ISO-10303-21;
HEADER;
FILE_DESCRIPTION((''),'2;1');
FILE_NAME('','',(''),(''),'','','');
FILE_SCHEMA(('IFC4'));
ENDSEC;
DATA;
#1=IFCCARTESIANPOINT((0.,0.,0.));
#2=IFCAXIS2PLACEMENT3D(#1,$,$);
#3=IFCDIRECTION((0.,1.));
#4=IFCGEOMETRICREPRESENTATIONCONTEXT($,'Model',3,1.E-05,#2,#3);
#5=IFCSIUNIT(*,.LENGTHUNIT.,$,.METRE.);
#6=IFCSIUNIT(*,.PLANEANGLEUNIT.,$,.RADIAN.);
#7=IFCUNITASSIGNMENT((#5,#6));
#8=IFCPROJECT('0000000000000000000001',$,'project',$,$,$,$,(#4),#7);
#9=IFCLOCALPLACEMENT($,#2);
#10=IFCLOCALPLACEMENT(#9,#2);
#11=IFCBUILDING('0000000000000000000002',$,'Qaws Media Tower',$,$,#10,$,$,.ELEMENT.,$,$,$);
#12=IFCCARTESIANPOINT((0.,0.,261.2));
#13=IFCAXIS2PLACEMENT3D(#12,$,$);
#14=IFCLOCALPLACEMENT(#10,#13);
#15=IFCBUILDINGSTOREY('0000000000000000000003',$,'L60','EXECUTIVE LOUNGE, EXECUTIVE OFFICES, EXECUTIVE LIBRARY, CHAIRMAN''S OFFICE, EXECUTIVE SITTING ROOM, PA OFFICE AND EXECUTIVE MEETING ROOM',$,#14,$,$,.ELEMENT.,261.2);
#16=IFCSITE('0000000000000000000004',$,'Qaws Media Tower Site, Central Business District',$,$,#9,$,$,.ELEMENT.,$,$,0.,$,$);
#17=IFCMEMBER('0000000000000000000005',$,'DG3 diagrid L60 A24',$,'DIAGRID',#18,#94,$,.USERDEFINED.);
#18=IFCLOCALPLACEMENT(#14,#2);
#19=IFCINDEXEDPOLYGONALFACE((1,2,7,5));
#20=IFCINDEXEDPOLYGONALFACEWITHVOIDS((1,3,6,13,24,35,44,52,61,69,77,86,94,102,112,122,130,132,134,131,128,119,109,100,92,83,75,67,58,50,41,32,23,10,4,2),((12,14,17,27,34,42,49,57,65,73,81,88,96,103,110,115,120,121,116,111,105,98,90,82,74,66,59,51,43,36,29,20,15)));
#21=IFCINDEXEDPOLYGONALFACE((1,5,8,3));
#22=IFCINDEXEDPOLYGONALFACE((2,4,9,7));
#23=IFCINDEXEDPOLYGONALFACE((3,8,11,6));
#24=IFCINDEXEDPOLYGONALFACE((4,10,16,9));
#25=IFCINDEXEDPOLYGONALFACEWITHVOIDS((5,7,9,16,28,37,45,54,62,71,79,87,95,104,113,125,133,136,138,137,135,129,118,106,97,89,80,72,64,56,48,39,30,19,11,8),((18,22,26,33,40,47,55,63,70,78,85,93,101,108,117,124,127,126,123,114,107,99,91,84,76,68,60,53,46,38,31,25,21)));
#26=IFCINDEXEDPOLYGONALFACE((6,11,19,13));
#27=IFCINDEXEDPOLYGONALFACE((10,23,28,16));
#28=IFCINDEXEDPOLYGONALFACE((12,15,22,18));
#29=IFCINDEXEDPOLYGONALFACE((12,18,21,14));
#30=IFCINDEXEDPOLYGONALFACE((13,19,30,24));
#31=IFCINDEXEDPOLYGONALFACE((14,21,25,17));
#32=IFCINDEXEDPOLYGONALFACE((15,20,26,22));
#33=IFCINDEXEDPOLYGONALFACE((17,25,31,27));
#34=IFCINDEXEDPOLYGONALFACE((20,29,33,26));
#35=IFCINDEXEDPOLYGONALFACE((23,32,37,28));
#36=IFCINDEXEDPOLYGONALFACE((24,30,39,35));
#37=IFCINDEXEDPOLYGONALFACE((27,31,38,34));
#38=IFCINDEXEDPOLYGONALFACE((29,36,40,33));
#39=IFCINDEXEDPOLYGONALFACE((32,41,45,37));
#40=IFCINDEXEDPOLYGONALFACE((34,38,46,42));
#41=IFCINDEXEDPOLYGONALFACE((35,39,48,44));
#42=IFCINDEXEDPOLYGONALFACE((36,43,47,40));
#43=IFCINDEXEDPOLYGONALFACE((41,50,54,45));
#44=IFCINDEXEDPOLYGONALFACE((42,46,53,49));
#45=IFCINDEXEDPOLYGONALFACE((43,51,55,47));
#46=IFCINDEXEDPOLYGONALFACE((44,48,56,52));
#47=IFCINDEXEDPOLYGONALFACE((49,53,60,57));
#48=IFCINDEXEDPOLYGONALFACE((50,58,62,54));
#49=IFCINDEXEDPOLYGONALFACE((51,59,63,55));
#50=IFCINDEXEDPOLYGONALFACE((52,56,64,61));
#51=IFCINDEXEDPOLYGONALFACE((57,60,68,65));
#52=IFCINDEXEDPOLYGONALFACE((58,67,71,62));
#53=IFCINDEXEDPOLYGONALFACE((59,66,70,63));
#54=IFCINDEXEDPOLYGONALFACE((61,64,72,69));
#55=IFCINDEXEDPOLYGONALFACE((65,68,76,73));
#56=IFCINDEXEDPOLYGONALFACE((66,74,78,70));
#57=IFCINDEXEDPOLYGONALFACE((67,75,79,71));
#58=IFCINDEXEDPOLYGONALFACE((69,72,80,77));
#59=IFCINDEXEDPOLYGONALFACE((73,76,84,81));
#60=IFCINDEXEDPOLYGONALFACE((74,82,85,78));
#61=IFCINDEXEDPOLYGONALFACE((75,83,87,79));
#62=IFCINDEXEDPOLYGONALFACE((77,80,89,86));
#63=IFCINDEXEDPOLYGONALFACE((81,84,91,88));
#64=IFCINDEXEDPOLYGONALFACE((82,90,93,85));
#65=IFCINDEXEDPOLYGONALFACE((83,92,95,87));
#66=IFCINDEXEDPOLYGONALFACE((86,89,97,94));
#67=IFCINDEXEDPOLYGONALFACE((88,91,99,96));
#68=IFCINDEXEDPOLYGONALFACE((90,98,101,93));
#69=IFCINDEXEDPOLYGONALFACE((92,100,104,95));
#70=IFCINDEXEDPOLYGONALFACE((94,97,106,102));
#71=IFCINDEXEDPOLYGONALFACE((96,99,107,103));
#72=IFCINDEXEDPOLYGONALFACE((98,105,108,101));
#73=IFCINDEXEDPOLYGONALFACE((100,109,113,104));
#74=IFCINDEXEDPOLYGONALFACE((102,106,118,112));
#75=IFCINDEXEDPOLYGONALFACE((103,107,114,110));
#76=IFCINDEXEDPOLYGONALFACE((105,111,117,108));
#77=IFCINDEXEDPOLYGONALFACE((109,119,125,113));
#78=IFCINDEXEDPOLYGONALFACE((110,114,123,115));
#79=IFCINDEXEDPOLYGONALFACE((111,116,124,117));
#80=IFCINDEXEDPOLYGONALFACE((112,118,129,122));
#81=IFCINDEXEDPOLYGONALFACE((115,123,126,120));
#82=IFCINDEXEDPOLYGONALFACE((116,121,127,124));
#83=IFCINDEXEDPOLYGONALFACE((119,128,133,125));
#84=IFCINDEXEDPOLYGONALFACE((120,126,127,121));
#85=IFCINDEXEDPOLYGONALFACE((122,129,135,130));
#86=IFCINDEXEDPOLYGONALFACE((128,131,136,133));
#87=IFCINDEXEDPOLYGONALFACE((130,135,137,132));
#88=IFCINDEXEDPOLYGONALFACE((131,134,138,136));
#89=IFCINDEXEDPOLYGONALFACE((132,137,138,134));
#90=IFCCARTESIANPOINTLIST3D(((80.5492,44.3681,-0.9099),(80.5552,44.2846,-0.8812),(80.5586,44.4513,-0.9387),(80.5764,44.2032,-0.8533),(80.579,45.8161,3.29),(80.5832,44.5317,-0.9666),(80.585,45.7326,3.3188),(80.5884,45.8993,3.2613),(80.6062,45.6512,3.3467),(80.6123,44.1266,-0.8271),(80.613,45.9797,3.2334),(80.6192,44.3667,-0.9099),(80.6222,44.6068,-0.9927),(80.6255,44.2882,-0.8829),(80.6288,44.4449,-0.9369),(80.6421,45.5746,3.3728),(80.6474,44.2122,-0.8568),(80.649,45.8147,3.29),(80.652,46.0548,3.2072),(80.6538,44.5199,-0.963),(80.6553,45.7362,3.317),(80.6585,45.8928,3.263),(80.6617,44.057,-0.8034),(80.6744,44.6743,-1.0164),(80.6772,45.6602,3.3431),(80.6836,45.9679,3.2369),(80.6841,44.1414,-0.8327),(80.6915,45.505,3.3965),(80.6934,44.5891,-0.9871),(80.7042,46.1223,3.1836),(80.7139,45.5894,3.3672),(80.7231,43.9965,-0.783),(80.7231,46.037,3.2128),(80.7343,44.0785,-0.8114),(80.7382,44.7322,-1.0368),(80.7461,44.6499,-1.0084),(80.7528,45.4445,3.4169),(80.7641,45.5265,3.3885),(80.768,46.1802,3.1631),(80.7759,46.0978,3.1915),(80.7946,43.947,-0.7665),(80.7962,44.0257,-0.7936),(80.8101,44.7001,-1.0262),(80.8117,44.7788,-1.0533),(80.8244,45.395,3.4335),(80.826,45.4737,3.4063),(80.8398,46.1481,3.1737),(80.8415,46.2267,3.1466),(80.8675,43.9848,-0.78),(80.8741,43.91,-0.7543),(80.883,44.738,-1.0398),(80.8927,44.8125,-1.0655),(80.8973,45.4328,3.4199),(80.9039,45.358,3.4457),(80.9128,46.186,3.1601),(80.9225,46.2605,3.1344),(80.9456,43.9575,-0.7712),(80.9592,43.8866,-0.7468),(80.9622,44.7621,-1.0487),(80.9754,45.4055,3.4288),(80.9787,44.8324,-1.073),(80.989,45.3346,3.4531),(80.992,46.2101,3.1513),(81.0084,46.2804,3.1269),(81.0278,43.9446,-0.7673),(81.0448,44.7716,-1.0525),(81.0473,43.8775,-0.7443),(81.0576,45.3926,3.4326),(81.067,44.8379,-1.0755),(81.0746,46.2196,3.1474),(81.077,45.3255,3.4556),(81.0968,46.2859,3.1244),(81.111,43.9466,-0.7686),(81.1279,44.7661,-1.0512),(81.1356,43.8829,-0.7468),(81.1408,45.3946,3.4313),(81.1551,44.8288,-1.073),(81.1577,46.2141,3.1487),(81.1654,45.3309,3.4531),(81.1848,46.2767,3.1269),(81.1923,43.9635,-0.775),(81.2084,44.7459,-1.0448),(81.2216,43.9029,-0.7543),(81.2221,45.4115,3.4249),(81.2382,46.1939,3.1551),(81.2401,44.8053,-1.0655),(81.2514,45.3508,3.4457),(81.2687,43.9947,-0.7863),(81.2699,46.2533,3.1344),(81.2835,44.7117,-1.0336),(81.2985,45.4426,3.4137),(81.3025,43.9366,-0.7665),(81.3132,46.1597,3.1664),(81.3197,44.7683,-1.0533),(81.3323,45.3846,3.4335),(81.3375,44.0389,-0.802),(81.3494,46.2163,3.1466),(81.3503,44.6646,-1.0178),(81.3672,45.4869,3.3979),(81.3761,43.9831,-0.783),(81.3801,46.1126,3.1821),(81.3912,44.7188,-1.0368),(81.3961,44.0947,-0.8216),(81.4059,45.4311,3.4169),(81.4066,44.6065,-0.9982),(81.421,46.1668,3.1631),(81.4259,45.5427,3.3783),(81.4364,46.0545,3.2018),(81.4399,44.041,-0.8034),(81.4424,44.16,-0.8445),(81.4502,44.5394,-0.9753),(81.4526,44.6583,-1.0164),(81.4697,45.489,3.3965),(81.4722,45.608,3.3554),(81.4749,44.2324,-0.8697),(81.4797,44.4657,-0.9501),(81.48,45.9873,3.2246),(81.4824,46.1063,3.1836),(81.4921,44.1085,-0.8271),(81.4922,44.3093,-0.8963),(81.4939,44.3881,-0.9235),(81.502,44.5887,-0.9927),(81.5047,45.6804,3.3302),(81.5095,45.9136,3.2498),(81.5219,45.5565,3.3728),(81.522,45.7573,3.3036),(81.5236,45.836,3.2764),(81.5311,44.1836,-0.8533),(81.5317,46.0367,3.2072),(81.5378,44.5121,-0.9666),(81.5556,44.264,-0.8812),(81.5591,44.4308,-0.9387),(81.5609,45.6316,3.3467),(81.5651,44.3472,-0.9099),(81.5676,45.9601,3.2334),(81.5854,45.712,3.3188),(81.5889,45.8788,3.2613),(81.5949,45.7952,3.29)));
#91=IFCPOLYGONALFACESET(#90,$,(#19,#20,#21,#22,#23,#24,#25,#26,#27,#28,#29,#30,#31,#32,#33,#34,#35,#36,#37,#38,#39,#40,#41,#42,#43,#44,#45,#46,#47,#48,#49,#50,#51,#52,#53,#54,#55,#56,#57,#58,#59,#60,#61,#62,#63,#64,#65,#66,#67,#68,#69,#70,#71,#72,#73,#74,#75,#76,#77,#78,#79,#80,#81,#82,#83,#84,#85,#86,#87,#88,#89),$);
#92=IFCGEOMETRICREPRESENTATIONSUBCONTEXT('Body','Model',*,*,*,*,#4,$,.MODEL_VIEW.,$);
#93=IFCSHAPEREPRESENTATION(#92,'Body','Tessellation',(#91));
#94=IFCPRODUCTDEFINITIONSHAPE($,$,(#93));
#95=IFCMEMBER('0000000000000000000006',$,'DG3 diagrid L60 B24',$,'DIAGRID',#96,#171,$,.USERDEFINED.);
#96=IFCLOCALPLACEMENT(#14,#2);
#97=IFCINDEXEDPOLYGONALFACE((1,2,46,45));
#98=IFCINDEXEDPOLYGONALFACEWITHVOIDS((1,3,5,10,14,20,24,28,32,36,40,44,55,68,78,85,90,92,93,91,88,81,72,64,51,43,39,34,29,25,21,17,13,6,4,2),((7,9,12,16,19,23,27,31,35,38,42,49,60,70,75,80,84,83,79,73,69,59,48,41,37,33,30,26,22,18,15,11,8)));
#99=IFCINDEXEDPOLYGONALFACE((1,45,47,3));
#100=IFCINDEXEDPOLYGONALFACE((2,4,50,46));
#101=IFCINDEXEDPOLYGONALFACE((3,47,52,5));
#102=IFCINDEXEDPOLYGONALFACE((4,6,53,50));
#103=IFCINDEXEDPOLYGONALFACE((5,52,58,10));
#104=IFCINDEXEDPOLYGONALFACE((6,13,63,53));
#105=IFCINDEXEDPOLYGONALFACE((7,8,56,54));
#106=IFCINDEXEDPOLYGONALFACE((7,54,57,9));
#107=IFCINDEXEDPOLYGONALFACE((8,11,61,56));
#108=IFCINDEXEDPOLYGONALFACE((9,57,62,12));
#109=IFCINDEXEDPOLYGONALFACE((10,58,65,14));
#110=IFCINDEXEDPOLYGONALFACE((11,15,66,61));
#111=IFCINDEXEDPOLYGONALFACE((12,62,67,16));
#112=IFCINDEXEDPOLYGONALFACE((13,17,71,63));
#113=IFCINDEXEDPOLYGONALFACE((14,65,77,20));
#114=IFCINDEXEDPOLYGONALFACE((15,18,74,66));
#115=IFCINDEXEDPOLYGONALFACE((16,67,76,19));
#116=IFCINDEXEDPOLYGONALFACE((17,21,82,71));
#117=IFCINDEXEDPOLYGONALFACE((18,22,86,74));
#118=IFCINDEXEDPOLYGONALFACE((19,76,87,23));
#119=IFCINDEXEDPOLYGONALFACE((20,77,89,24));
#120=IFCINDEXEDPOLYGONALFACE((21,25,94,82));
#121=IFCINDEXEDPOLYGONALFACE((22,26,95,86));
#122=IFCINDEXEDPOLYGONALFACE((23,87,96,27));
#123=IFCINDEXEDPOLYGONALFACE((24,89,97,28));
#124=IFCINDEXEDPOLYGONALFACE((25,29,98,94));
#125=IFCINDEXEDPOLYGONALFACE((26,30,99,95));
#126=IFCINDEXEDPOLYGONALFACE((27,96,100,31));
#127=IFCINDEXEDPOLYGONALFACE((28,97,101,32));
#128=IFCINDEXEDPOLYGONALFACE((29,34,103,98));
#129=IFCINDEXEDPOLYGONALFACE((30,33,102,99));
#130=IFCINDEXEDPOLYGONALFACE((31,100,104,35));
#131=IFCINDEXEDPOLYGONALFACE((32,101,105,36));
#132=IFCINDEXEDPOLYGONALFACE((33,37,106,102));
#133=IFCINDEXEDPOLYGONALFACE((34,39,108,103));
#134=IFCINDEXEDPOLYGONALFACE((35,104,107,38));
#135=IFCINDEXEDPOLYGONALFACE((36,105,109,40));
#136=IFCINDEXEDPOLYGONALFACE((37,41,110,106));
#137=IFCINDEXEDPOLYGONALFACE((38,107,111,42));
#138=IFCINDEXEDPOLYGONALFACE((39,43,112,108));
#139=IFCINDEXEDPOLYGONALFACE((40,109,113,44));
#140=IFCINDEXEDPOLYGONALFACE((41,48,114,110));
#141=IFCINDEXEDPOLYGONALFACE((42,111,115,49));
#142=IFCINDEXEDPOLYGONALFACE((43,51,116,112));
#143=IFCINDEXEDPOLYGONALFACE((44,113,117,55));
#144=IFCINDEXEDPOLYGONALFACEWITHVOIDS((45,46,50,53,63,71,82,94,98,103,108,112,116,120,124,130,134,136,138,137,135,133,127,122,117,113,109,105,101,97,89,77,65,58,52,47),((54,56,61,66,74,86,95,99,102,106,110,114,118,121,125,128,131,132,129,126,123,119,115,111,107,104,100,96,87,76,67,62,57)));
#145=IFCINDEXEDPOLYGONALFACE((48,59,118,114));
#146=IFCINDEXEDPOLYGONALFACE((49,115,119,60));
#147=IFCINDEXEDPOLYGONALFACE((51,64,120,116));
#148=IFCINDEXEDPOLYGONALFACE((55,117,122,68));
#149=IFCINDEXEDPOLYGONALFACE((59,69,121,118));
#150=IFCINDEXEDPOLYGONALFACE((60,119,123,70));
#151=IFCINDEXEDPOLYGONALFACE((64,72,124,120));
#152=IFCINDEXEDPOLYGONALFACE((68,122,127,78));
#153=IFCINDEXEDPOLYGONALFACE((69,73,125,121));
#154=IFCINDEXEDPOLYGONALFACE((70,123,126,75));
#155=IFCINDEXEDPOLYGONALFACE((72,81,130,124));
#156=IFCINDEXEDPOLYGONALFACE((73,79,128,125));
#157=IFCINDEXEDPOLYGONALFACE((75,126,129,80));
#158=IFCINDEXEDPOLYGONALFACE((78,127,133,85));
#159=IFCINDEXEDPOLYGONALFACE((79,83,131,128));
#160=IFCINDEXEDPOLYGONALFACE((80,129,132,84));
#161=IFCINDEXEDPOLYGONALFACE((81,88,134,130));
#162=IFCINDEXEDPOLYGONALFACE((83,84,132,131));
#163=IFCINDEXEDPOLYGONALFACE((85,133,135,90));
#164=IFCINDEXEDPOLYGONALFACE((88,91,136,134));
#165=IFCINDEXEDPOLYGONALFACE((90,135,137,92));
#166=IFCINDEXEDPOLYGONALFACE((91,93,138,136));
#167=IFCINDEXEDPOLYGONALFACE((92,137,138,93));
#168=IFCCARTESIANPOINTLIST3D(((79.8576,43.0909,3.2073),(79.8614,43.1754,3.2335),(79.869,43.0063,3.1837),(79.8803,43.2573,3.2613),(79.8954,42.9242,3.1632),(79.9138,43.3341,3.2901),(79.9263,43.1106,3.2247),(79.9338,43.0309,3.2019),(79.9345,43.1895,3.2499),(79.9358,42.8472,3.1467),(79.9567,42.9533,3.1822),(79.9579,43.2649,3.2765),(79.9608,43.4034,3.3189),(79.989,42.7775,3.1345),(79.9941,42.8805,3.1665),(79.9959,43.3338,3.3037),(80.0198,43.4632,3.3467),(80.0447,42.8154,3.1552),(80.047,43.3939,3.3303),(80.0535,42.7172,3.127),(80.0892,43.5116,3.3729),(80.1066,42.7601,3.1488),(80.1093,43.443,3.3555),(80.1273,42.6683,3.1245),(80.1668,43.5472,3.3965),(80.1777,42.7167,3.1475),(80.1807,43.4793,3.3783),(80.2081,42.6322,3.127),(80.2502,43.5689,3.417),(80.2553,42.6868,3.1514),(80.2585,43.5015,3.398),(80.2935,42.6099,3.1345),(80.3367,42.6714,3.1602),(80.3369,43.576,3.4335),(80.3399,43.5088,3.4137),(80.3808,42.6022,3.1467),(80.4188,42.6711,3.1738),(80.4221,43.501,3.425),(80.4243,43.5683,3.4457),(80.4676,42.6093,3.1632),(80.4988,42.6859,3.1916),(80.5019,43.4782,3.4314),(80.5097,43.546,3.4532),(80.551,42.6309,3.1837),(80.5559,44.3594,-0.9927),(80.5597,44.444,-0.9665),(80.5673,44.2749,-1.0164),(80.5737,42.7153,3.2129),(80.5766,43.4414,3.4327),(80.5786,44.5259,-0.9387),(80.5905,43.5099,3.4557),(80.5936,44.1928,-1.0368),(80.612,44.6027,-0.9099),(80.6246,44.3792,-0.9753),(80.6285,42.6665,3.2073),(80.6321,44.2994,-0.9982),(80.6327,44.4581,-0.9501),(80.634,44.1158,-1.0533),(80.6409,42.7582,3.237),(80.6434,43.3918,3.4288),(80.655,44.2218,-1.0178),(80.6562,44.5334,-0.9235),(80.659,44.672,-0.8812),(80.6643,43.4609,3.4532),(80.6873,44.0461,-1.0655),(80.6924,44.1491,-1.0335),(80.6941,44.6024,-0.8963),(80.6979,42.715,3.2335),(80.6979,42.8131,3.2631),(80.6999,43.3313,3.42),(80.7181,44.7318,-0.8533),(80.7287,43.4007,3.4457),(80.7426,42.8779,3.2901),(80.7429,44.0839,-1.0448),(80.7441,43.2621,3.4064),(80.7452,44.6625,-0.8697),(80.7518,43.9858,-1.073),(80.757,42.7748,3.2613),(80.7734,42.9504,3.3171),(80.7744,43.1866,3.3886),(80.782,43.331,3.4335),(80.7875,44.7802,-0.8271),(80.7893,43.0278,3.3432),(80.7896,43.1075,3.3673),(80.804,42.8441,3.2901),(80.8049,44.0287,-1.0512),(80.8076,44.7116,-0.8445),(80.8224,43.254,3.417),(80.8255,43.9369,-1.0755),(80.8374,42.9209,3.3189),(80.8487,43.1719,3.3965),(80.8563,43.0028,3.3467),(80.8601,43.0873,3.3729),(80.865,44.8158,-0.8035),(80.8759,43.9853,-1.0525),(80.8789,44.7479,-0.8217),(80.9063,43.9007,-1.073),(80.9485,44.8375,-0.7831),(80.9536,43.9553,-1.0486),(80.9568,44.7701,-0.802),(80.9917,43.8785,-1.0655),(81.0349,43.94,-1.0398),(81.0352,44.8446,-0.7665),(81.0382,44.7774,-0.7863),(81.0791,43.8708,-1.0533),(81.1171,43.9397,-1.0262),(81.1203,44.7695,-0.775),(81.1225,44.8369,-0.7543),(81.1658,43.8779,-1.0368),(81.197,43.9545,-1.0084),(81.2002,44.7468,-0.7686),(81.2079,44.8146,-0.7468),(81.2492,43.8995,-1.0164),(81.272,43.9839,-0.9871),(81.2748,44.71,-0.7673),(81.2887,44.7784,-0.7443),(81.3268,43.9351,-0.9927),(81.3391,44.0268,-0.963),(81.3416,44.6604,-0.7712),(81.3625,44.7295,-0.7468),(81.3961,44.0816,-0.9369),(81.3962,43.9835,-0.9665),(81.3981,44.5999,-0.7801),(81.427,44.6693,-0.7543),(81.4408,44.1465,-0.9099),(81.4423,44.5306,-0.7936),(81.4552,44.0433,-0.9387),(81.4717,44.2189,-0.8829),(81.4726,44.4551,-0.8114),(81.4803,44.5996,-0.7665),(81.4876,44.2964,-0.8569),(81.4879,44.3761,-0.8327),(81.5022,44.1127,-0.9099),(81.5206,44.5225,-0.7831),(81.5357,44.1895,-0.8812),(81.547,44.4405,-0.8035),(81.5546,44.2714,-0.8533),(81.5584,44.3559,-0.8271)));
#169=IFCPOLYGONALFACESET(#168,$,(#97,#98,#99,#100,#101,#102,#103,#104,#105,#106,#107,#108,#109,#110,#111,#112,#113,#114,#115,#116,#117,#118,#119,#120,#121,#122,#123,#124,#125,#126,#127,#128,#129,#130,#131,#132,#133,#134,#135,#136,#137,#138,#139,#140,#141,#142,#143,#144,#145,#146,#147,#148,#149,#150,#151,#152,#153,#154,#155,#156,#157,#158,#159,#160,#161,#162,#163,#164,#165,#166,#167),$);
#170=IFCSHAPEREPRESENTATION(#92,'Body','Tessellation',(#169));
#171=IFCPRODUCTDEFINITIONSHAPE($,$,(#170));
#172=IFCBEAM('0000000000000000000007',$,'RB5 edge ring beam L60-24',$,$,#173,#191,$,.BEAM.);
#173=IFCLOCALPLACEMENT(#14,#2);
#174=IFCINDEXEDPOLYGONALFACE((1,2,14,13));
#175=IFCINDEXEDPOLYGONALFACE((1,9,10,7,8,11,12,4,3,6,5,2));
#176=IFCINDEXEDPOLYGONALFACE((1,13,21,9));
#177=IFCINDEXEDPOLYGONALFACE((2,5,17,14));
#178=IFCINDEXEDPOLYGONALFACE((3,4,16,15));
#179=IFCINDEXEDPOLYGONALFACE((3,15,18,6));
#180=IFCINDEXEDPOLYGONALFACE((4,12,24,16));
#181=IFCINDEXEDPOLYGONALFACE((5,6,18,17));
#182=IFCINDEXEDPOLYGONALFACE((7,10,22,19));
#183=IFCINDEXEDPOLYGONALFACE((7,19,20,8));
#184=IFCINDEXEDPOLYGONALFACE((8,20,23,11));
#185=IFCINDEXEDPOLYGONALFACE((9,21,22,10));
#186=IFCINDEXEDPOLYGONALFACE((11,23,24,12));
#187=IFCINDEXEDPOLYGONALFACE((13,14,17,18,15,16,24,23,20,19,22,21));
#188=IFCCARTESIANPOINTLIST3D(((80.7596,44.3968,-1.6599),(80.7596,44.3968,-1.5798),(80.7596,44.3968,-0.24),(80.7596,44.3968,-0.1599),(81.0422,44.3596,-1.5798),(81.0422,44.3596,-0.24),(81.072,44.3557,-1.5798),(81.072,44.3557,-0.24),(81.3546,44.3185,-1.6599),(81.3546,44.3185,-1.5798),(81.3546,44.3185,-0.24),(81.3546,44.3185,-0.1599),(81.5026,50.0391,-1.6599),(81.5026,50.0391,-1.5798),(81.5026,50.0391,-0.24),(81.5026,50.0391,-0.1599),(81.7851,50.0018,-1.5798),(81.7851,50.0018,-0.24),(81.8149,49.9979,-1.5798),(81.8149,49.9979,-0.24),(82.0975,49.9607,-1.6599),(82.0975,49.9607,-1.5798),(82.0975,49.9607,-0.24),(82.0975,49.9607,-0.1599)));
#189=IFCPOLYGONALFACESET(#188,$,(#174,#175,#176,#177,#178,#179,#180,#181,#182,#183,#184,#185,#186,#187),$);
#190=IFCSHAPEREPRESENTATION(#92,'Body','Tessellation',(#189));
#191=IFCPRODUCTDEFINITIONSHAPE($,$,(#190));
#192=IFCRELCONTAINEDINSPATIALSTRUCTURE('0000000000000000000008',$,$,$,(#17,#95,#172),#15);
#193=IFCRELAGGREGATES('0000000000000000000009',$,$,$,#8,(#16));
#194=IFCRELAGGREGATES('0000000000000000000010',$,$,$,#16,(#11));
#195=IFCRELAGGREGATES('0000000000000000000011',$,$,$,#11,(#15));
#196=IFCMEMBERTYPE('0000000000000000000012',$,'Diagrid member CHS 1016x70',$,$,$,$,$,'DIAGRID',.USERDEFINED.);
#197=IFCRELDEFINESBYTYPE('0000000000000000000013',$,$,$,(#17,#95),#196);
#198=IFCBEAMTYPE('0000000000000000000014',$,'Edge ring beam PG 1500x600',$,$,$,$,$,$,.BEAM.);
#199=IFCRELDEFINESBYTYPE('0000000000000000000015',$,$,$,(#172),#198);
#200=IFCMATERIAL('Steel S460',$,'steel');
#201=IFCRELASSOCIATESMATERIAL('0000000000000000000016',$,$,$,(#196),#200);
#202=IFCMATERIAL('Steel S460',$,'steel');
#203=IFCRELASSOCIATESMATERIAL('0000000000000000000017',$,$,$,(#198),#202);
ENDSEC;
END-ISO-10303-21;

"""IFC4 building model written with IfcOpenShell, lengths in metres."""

from ifc_helpers import new_model, si_unit, direction, frame, origin, origin_2d, place, context, subcontext, project, spatial, hollow_circle, i_section, extrude, material, material_profile, profile_set, type_object, element, save


model = new_model("IFC4")

# Units and contexts
model_context = context("Model", 3, precision=1e-05, world=origin(), true_north=direction((0.0, 1.0)))
body_context = subcontext(model_context, "Body", "Model", "MODEL_VIEW")
ifc_project = project(units=[si_unit("LENGTHUNIT", "METRE"), si_unit("PLANEANGLEUNIT", "RADIAN")], contexts=[model_context])

# Site, building, storey
site_placement = place(None, origin())
site = spatial("IfcSite", under=ifc_project, at=site_placement, Name="Qaws Media Tower Site, Central Business District", CompositionType="ELEMENT", RefElevation=0.0)
building_placement = place(site_placement, origin())
building = spatial("IfcBuilding", under=site, at=building_placement, Name="Qaws Media Tower", CompositionType="ELEMENT")
storey_placement = place(building_placement, frame((0.0, 0.0, 261.2)))
storey = spatial("IfcBuildingStorey", under=building, at=storey_placement, Name="L60", Description="EXECUTIVE LOUNGE, EXECUTIVE OFFICES, EXECUTIVE LIBRARY, CHAIRMAN'S OFFICE, EXECUTIVE SITTING ROOM, PA OFFICE AND EXECUTIVE MEETING ROOM", CompositionType="ELEMENT", Elevation=261.2)

# Members
ifc_material_1 = material(Name="Steel S460", Category="steel")
ifc_material_profile_1 = material_profile(ifc_material_1, hollow_circle(Radius=0.5081, WallThickness=0.0701, at=origin_2d()), Name="CHS 1016x70")
ifc_profile_set_1 = profile_set([ifc_material_profile_1], Name="Steel S460")
member_type_1 = type_object("IfcMemberType", Name="Diagrid member CHS 1016x70", ElementType="DIAGRID", PredefinedType="USERDEFINED", material=ifc_profile_set_1)
for number, where, z_axis, x_axis, name in (
    (1, (81.0571, 44.3577, -0.9099), (0.006704, 0.325931, 0.94537), (-0.999789, 0.020566, 0.0), "DG3 diagrid L60 A24"),
    (2, (81.0571, 44.3577, -0.9099), (-0.157171, -0.285546, 0.945389), (0.876059, -0.482204, 0.0), "DG3 diagrid L60 B24"),
):
    element("IfcMember", number, at=place(storey_placement, frame(where, z_axis=z_axis, x_axis=x_axis)), inside=storey, type_object=member_type_1, Name=name, ObjectType="DIAGRID", PredefinedType="USERDEFINED", context=body_context, shape_type="SweptSolid", body=[
        extrude(hollow_circle(Radius=0.5081, WallThickness=0.0701, at=origin_2d()), origin(), (0.0, 0.0, 1.0), 4.4426),
    ])

# Beam
ifc_material_2 = material(Name="Steel S460", Category="steel")
ifc_material_profile_2 = material_profile(ifc_material_2, i_section(OverallWidth=0.6001, OverallDepth=1.5, WebThickness=0.03, FlangeThickness=0.0801, at=origin_2d()), Name="PG 1500x600")
ifc_profile_set_2 = profile_set([ifc_material_profile_2], Name="Steel S460")
beam_type_1 = type_object("IfcBeamType", Name="Edge ring beam PG 1500x600", PredefinedType="BEAM", material=ifc_profile_set_2)
beam_1_placement = place(storey_placement, frame((81.0571, 44.3577, -0.9099), z_axis=(0.130542, 0.991443, 0.0), x_axis=(-0.991443, 0.130542, 0.0)))
element("IfcBeam", 3, at=beam_1_placement, inside=storey, type_object=beam_type_1, Name="RB5 edge ring beam L60-24", PredefinedType="BEAM", context=body_context, shape_type="SweptSolid", body=[
    extrude(i_section(OverallWidth=0.6001, OverallDepth=1.5, WebThickness=0.03, FlangeThickness=0.0801, at=origin_2d()), origin(), (0.0, 0.0, 1.0), 5.6909),
])

save(model, "model.ifc")
